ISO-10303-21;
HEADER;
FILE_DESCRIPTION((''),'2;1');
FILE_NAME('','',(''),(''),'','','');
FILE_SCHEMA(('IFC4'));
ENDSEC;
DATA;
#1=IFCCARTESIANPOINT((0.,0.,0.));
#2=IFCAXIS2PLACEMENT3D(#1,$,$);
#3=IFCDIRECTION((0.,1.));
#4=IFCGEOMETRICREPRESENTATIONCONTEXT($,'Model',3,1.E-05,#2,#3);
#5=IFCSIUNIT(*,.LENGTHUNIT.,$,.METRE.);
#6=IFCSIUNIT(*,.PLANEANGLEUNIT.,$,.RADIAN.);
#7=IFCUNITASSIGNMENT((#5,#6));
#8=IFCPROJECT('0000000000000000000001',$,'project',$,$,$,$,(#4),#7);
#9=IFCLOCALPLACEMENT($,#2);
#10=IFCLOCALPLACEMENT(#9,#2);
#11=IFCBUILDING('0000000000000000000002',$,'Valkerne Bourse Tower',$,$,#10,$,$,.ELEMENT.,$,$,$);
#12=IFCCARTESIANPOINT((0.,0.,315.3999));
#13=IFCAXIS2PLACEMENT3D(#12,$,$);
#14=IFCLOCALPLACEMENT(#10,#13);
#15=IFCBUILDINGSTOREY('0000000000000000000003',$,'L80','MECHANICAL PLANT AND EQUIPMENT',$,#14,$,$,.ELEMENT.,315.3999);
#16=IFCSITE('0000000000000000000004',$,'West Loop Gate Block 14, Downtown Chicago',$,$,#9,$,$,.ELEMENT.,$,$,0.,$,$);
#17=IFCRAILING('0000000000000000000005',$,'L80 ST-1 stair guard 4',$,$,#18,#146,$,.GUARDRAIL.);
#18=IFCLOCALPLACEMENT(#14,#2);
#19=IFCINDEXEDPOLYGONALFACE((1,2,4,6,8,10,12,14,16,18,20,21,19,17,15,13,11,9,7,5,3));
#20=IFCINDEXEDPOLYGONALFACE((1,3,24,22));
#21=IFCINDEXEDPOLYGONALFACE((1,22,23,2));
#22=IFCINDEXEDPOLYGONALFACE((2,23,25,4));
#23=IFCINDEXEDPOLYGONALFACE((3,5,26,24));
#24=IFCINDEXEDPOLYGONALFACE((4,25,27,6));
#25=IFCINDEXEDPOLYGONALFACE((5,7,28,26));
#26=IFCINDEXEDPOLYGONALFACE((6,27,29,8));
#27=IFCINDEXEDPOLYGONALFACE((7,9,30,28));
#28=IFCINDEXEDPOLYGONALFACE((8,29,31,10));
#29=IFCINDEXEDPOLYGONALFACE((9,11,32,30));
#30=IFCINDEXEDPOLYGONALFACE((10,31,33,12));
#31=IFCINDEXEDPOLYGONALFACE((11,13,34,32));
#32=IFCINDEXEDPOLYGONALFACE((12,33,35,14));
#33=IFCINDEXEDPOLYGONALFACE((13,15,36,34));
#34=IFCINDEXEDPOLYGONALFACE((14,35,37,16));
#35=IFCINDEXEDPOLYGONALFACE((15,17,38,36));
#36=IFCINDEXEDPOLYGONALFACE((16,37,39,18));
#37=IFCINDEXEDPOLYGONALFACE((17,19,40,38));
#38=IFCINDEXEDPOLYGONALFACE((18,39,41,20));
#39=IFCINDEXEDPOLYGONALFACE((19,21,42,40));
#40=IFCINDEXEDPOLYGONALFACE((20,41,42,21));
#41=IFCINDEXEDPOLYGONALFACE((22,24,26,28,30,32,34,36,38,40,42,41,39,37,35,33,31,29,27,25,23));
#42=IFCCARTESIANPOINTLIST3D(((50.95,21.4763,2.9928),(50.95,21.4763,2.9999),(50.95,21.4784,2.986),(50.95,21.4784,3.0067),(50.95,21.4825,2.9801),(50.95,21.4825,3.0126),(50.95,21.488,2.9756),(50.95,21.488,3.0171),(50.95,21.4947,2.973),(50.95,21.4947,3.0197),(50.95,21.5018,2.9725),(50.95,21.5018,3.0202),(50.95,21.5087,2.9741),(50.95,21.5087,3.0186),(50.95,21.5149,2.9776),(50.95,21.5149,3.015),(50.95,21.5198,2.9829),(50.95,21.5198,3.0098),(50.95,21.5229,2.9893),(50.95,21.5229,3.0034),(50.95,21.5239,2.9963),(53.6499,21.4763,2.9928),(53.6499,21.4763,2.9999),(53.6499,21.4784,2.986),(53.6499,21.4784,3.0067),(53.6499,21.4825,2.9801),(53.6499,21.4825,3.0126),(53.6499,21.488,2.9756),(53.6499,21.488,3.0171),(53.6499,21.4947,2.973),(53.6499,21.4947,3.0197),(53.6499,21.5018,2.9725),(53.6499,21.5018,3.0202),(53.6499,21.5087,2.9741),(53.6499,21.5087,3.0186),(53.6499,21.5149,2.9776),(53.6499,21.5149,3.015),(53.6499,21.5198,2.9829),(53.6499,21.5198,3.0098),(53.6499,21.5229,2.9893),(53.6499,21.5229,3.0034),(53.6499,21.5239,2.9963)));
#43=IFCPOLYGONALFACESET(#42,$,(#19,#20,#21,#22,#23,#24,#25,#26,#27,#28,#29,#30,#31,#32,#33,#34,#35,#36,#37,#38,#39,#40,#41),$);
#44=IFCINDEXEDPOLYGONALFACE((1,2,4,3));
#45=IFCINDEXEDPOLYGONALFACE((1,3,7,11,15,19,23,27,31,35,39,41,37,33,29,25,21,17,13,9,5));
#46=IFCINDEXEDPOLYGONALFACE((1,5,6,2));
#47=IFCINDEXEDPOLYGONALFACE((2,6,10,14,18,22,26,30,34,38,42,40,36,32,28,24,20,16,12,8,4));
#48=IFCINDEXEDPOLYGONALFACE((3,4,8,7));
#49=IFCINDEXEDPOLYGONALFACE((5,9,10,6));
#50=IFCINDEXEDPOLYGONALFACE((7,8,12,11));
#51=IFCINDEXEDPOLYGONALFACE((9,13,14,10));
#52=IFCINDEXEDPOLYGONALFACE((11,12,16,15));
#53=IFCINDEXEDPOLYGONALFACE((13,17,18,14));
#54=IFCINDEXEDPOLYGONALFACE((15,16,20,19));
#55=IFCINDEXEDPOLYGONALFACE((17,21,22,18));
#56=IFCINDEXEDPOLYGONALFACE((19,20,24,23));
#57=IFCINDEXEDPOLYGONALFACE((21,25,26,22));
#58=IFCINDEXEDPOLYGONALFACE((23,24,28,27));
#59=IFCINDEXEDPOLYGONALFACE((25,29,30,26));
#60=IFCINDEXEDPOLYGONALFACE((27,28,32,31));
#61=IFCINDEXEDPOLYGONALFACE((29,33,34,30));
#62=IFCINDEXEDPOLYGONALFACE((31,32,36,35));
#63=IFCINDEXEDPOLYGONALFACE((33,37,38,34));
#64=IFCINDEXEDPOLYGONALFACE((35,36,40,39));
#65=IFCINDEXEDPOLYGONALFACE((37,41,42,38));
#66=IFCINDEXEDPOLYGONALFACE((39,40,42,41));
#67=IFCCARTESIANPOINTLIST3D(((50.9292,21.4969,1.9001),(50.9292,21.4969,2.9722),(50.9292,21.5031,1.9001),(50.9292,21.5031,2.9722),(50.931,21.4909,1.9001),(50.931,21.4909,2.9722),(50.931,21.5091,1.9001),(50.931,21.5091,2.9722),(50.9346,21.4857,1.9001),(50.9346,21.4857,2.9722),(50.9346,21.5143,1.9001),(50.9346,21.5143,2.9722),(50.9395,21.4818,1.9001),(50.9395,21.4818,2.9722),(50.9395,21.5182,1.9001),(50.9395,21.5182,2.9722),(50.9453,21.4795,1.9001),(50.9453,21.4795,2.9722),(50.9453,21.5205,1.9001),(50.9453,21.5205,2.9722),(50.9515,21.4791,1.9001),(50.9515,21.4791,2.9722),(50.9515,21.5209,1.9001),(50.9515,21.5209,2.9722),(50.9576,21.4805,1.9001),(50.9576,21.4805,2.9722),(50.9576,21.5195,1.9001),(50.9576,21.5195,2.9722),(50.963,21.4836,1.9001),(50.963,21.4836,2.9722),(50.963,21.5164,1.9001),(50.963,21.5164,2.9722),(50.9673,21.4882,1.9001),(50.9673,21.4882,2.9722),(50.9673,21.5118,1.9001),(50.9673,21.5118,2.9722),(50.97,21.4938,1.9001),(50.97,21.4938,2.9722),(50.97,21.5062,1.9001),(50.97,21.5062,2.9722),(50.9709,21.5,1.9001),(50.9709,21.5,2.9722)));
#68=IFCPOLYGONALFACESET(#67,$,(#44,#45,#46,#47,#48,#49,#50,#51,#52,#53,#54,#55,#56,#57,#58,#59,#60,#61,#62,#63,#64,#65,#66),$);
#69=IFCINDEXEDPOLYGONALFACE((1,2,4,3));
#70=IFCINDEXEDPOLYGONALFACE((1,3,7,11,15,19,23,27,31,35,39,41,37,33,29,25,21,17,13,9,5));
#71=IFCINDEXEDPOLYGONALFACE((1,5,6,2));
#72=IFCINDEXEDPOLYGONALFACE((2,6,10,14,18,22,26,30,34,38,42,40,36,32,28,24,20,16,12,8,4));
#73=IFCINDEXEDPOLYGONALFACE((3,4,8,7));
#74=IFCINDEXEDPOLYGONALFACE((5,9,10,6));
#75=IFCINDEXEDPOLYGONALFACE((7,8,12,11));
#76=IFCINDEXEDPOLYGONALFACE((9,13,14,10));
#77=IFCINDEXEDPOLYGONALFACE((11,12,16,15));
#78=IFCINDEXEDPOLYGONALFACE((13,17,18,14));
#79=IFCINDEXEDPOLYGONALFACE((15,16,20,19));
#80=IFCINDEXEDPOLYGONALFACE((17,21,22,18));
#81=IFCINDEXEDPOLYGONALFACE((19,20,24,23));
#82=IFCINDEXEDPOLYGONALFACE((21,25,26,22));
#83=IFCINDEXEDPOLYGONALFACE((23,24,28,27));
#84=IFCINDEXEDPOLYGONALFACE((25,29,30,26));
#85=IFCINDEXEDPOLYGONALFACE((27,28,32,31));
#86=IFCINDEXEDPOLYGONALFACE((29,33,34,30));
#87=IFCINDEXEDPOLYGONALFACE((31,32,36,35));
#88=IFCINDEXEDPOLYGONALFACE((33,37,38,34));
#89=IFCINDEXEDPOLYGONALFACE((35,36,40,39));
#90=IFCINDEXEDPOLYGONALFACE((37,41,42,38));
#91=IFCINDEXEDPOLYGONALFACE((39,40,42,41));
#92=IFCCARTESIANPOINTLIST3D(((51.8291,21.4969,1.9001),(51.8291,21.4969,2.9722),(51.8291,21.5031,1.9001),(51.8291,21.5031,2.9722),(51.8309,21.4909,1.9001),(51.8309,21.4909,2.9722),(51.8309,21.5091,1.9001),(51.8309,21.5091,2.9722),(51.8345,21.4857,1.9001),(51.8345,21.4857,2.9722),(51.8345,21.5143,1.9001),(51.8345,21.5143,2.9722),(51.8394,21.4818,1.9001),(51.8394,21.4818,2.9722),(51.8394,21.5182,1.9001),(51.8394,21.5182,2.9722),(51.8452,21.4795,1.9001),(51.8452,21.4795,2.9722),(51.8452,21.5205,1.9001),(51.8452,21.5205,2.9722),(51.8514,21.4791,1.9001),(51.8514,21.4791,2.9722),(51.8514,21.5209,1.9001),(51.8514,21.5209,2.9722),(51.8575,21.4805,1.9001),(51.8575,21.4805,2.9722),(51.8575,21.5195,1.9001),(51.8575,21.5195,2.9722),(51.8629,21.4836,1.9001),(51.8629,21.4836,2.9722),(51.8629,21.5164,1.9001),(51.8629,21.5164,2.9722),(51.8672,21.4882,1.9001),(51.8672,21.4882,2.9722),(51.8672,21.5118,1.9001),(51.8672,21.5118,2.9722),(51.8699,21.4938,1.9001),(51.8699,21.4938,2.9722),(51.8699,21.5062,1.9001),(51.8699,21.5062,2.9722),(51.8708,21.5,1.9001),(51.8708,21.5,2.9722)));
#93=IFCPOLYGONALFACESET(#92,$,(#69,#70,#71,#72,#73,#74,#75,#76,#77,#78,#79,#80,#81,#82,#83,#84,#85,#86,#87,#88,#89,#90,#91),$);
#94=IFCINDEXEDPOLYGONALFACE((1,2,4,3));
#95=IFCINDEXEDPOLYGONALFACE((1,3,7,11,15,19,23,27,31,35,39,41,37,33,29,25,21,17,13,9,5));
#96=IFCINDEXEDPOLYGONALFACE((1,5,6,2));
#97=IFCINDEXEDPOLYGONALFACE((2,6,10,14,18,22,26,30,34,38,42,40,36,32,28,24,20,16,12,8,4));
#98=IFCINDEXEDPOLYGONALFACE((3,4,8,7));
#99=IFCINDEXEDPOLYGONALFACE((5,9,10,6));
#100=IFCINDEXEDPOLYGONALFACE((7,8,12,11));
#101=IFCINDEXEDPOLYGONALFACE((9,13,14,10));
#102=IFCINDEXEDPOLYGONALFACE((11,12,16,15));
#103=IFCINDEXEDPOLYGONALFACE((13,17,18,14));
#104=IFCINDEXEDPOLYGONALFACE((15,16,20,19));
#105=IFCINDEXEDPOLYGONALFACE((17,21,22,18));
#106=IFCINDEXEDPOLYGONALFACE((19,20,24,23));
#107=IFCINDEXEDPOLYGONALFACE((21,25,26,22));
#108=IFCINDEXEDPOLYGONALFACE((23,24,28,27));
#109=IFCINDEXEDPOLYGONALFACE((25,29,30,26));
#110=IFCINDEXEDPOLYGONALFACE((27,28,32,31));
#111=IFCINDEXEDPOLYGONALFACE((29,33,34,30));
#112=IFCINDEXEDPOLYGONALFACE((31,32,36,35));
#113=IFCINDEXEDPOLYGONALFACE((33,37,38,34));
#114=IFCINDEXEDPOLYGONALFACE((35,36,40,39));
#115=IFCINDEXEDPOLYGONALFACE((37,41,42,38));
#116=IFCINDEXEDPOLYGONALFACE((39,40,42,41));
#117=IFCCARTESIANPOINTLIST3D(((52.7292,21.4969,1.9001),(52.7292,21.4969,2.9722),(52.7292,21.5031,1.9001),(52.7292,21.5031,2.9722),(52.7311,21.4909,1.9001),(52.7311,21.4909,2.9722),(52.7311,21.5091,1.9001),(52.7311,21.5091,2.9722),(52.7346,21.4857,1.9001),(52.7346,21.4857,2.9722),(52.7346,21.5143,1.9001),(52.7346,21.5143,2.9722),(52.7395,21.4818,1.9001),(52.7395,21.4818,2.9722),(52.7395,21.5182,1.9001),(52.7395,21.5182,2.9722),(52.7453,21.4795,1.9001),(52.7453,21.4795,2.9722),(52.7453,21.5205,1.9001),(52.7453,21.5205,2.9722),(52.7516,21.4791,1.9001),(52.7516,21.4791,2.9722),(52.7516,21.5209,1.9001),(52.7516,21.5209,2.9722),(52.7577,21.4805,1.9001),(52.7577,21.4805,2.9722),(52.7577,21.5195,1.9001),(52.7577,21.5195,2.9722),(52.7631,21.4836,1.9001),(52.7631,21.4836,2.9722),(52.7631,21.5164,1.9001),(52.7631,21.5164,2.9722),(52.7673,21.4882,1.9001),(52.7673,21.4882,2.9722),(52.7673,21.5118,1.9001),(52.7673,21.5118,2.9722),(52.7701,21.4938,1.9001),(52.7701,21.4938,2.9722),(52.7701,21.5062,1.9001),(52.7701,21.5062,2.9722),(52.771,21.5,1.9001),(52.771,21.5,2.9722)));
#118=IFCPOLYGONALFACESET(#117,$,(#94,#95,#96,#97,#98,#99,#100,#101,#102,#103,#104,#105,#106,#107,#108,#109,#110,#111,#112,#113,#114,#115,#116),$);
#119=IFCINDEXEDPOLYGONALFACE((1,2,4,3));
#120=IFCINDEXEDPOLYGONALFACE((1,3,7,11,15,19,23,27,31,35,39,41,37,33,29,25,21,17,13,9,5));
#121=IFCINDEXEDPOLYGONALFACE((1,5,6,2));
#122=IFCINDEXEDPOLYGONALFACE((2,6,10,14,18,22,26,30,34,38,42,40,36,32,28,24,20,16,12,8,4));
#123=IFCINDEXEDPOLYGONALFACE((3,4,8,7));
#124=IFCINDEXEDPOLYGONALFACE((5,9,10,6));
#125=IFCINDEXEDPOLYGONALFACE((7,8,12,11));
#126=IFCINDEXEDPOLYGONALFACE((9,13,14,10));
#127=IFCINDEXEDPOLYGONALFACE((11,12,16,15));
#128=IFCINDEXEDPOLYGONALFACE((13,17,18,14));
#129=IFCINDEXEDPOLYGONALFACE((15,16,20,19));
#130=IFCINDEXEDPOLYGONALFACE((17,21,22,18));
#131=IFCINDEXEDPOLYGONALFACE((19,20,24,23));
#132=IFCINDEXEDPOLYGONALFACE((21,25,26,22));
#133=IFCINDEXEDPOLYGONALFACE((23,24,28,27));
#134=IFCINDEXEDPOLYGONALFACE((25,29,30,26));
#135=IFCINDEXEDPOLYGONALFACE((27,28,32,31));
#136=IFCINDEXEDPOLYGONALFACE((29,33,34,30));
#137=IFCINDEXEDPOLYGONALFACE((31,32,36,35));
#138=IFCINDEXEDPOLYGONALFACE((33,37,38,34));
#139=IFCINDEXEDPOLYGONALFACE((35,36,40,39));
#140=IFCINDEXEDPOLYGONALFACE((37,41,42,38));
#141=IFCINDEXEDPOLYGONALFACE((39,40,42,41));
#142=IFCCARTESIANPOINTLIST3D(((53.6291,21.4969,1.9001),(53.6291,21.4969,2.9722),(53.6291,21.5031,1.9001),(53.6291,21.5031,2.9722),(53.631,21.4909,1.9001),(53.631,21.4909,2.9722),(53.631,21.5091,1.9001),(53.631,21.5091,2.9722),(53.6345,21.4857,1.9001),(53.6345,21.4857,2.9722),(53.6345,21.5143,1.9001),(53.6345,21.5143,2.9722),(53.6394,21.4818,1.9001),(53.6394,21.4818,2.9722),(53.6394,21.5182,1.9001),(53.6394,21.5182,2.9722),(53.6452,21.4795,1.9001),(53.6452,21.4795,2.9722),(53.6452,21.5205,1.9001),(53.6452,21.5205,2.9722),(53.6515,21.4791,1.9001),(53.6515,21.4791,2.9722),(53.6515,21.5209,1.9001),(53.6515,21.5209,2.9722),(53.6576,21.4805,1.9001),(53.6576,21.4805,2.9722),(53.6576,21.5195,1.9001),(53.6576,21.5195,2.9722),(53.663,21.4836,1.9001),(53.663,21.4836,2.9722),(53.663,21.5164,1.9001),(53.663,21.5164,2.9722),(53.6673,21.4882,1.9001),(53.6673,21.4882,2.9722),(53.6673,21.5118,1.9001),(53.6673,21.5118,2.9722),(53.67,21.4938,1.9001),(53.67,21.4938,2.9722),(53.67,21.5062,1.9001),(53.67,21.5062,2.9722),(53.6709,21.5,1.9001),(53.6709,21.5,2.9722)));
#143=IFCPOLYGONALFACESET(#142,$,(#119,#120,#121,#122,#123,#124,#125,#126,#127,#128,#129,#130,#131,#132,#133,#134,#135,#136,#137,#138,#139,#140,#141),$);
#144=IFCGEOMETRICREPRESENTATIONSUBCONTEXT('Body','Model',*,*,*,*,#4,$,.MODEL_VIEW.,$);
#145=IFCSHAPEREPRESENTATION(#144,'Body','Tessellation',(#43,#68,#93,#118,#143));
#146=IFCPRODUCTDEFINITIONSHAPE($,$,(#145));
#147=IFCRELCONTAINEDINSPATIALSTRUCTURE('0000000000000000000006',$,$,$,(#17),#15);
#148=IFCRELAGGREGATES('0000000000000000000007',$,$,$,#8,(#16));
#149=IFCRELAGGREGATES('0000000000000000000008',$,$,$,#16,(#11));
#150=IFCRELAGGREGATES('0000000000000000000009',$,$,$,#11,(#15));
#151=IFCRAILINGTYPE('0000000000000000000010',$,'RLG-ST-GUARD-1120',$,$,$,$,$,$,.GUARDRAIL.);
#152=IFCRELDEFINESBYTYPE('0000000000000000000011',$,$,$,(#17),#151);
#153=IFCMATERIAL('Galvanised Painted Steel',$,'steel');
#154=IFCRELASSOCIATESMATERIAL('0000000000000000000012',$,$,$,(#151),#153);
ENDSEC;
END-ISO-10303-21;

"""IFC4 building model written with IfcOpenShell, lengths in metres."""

from ifc_helpers import new_model, si_unit, direction, frame, origin, origin_2d, place, context, subcontext, project, spatial, circle, extrude, material, type_object, element, save


model = new_model("IFC4")

# Units and contexts
model_context = context("Model", 3, precision=1e-05, world=origin(), true_north=direction((0.0, 1.0)))
body_context = subcontext(model_context, "Body", "Model", "MODEL_VIEW")
ifc_project = project(units=[si_unit("LENGTHUNIT", "METRE"), si_unit("PLANEANGLEUNIT", "RADIAN")], contexts=[model_context])

# Site, building, storey
site_placement = place(None, origin())
site = spatial("IfcSite", under=ifc_project, at=site_placement, Name="West Loop Gate Block 14, Downtown Chicago", CompositionType="ELEMENT", RefElevation=0.0)
building_placement = place(site_placement, origin())
building = spatial("IfcBuilding", under=site, at=building_placement, Name="Valkerne Bourse Tower", CompositionType="ELEMENT")
storey_placement = place(building_placement, frame((0.0, 0.0, 315.3999)))
storey = spatial("IfcBuildingStorey", under=building, at=storey_placement, Name="L80", Description="MECHANICAL PLANT AND EQUIPMENT", CompositionType="ELEMENT", Elevation=315.3999)

# Railing
ifc_material_1 = material(Name="Galvanised Painted Steel", Category="steel")
railing_type_1 = type_object("IfcRailingType", Name="RLG-ST-GUARD-1120", PredefinedType="GUARDRAIL", material=ifc_material_1)
for number, where, name in (
    (1, (50.95, 21.5, 1.9001), "L80 ST-1 stair guard 4"),
):
    element("IfcRailing", number, at=place(storey_placement, frame(where)), inside=storey, type_object=railing_type_1, Name=name, PredefinedType="GUARDRAIL", context=body_context, shape_type="SweptSolid", body=[
        extrude(circle(Radius=0.0239, at=origin_2d()), frame((0.0, 0.0, 1.0962), z_axis=(1.0, 0.0, 0.0), x_axis=(0.0, 1.0, 0.0)), (0.0, 0.0, 1.0), 2.7),
        extrude(circle(Radius=0.021, at=origin_2d()), origin(), (0.0, 0.0, 1.0), 1.072),
        extrude(circle(Radius=0.021, at=origin_2d()), frame((0.8999, 0.0, 0.0)), (0.0, 0.0, 1.0), 1.072),
        extrude(circle(Radius=0.021, at=origin_2d()), frame((1.8, 0.0, 0.0)), (0.0, 0.0, 1.0), 1.072),
        extrude(circle(Radius=0.021, at=origin_2d()), frame((2.7, 0.0, 0.0)), (0.0, 0.0, 1.0), 1.072),
    ])

save(model, "model.ifc")
